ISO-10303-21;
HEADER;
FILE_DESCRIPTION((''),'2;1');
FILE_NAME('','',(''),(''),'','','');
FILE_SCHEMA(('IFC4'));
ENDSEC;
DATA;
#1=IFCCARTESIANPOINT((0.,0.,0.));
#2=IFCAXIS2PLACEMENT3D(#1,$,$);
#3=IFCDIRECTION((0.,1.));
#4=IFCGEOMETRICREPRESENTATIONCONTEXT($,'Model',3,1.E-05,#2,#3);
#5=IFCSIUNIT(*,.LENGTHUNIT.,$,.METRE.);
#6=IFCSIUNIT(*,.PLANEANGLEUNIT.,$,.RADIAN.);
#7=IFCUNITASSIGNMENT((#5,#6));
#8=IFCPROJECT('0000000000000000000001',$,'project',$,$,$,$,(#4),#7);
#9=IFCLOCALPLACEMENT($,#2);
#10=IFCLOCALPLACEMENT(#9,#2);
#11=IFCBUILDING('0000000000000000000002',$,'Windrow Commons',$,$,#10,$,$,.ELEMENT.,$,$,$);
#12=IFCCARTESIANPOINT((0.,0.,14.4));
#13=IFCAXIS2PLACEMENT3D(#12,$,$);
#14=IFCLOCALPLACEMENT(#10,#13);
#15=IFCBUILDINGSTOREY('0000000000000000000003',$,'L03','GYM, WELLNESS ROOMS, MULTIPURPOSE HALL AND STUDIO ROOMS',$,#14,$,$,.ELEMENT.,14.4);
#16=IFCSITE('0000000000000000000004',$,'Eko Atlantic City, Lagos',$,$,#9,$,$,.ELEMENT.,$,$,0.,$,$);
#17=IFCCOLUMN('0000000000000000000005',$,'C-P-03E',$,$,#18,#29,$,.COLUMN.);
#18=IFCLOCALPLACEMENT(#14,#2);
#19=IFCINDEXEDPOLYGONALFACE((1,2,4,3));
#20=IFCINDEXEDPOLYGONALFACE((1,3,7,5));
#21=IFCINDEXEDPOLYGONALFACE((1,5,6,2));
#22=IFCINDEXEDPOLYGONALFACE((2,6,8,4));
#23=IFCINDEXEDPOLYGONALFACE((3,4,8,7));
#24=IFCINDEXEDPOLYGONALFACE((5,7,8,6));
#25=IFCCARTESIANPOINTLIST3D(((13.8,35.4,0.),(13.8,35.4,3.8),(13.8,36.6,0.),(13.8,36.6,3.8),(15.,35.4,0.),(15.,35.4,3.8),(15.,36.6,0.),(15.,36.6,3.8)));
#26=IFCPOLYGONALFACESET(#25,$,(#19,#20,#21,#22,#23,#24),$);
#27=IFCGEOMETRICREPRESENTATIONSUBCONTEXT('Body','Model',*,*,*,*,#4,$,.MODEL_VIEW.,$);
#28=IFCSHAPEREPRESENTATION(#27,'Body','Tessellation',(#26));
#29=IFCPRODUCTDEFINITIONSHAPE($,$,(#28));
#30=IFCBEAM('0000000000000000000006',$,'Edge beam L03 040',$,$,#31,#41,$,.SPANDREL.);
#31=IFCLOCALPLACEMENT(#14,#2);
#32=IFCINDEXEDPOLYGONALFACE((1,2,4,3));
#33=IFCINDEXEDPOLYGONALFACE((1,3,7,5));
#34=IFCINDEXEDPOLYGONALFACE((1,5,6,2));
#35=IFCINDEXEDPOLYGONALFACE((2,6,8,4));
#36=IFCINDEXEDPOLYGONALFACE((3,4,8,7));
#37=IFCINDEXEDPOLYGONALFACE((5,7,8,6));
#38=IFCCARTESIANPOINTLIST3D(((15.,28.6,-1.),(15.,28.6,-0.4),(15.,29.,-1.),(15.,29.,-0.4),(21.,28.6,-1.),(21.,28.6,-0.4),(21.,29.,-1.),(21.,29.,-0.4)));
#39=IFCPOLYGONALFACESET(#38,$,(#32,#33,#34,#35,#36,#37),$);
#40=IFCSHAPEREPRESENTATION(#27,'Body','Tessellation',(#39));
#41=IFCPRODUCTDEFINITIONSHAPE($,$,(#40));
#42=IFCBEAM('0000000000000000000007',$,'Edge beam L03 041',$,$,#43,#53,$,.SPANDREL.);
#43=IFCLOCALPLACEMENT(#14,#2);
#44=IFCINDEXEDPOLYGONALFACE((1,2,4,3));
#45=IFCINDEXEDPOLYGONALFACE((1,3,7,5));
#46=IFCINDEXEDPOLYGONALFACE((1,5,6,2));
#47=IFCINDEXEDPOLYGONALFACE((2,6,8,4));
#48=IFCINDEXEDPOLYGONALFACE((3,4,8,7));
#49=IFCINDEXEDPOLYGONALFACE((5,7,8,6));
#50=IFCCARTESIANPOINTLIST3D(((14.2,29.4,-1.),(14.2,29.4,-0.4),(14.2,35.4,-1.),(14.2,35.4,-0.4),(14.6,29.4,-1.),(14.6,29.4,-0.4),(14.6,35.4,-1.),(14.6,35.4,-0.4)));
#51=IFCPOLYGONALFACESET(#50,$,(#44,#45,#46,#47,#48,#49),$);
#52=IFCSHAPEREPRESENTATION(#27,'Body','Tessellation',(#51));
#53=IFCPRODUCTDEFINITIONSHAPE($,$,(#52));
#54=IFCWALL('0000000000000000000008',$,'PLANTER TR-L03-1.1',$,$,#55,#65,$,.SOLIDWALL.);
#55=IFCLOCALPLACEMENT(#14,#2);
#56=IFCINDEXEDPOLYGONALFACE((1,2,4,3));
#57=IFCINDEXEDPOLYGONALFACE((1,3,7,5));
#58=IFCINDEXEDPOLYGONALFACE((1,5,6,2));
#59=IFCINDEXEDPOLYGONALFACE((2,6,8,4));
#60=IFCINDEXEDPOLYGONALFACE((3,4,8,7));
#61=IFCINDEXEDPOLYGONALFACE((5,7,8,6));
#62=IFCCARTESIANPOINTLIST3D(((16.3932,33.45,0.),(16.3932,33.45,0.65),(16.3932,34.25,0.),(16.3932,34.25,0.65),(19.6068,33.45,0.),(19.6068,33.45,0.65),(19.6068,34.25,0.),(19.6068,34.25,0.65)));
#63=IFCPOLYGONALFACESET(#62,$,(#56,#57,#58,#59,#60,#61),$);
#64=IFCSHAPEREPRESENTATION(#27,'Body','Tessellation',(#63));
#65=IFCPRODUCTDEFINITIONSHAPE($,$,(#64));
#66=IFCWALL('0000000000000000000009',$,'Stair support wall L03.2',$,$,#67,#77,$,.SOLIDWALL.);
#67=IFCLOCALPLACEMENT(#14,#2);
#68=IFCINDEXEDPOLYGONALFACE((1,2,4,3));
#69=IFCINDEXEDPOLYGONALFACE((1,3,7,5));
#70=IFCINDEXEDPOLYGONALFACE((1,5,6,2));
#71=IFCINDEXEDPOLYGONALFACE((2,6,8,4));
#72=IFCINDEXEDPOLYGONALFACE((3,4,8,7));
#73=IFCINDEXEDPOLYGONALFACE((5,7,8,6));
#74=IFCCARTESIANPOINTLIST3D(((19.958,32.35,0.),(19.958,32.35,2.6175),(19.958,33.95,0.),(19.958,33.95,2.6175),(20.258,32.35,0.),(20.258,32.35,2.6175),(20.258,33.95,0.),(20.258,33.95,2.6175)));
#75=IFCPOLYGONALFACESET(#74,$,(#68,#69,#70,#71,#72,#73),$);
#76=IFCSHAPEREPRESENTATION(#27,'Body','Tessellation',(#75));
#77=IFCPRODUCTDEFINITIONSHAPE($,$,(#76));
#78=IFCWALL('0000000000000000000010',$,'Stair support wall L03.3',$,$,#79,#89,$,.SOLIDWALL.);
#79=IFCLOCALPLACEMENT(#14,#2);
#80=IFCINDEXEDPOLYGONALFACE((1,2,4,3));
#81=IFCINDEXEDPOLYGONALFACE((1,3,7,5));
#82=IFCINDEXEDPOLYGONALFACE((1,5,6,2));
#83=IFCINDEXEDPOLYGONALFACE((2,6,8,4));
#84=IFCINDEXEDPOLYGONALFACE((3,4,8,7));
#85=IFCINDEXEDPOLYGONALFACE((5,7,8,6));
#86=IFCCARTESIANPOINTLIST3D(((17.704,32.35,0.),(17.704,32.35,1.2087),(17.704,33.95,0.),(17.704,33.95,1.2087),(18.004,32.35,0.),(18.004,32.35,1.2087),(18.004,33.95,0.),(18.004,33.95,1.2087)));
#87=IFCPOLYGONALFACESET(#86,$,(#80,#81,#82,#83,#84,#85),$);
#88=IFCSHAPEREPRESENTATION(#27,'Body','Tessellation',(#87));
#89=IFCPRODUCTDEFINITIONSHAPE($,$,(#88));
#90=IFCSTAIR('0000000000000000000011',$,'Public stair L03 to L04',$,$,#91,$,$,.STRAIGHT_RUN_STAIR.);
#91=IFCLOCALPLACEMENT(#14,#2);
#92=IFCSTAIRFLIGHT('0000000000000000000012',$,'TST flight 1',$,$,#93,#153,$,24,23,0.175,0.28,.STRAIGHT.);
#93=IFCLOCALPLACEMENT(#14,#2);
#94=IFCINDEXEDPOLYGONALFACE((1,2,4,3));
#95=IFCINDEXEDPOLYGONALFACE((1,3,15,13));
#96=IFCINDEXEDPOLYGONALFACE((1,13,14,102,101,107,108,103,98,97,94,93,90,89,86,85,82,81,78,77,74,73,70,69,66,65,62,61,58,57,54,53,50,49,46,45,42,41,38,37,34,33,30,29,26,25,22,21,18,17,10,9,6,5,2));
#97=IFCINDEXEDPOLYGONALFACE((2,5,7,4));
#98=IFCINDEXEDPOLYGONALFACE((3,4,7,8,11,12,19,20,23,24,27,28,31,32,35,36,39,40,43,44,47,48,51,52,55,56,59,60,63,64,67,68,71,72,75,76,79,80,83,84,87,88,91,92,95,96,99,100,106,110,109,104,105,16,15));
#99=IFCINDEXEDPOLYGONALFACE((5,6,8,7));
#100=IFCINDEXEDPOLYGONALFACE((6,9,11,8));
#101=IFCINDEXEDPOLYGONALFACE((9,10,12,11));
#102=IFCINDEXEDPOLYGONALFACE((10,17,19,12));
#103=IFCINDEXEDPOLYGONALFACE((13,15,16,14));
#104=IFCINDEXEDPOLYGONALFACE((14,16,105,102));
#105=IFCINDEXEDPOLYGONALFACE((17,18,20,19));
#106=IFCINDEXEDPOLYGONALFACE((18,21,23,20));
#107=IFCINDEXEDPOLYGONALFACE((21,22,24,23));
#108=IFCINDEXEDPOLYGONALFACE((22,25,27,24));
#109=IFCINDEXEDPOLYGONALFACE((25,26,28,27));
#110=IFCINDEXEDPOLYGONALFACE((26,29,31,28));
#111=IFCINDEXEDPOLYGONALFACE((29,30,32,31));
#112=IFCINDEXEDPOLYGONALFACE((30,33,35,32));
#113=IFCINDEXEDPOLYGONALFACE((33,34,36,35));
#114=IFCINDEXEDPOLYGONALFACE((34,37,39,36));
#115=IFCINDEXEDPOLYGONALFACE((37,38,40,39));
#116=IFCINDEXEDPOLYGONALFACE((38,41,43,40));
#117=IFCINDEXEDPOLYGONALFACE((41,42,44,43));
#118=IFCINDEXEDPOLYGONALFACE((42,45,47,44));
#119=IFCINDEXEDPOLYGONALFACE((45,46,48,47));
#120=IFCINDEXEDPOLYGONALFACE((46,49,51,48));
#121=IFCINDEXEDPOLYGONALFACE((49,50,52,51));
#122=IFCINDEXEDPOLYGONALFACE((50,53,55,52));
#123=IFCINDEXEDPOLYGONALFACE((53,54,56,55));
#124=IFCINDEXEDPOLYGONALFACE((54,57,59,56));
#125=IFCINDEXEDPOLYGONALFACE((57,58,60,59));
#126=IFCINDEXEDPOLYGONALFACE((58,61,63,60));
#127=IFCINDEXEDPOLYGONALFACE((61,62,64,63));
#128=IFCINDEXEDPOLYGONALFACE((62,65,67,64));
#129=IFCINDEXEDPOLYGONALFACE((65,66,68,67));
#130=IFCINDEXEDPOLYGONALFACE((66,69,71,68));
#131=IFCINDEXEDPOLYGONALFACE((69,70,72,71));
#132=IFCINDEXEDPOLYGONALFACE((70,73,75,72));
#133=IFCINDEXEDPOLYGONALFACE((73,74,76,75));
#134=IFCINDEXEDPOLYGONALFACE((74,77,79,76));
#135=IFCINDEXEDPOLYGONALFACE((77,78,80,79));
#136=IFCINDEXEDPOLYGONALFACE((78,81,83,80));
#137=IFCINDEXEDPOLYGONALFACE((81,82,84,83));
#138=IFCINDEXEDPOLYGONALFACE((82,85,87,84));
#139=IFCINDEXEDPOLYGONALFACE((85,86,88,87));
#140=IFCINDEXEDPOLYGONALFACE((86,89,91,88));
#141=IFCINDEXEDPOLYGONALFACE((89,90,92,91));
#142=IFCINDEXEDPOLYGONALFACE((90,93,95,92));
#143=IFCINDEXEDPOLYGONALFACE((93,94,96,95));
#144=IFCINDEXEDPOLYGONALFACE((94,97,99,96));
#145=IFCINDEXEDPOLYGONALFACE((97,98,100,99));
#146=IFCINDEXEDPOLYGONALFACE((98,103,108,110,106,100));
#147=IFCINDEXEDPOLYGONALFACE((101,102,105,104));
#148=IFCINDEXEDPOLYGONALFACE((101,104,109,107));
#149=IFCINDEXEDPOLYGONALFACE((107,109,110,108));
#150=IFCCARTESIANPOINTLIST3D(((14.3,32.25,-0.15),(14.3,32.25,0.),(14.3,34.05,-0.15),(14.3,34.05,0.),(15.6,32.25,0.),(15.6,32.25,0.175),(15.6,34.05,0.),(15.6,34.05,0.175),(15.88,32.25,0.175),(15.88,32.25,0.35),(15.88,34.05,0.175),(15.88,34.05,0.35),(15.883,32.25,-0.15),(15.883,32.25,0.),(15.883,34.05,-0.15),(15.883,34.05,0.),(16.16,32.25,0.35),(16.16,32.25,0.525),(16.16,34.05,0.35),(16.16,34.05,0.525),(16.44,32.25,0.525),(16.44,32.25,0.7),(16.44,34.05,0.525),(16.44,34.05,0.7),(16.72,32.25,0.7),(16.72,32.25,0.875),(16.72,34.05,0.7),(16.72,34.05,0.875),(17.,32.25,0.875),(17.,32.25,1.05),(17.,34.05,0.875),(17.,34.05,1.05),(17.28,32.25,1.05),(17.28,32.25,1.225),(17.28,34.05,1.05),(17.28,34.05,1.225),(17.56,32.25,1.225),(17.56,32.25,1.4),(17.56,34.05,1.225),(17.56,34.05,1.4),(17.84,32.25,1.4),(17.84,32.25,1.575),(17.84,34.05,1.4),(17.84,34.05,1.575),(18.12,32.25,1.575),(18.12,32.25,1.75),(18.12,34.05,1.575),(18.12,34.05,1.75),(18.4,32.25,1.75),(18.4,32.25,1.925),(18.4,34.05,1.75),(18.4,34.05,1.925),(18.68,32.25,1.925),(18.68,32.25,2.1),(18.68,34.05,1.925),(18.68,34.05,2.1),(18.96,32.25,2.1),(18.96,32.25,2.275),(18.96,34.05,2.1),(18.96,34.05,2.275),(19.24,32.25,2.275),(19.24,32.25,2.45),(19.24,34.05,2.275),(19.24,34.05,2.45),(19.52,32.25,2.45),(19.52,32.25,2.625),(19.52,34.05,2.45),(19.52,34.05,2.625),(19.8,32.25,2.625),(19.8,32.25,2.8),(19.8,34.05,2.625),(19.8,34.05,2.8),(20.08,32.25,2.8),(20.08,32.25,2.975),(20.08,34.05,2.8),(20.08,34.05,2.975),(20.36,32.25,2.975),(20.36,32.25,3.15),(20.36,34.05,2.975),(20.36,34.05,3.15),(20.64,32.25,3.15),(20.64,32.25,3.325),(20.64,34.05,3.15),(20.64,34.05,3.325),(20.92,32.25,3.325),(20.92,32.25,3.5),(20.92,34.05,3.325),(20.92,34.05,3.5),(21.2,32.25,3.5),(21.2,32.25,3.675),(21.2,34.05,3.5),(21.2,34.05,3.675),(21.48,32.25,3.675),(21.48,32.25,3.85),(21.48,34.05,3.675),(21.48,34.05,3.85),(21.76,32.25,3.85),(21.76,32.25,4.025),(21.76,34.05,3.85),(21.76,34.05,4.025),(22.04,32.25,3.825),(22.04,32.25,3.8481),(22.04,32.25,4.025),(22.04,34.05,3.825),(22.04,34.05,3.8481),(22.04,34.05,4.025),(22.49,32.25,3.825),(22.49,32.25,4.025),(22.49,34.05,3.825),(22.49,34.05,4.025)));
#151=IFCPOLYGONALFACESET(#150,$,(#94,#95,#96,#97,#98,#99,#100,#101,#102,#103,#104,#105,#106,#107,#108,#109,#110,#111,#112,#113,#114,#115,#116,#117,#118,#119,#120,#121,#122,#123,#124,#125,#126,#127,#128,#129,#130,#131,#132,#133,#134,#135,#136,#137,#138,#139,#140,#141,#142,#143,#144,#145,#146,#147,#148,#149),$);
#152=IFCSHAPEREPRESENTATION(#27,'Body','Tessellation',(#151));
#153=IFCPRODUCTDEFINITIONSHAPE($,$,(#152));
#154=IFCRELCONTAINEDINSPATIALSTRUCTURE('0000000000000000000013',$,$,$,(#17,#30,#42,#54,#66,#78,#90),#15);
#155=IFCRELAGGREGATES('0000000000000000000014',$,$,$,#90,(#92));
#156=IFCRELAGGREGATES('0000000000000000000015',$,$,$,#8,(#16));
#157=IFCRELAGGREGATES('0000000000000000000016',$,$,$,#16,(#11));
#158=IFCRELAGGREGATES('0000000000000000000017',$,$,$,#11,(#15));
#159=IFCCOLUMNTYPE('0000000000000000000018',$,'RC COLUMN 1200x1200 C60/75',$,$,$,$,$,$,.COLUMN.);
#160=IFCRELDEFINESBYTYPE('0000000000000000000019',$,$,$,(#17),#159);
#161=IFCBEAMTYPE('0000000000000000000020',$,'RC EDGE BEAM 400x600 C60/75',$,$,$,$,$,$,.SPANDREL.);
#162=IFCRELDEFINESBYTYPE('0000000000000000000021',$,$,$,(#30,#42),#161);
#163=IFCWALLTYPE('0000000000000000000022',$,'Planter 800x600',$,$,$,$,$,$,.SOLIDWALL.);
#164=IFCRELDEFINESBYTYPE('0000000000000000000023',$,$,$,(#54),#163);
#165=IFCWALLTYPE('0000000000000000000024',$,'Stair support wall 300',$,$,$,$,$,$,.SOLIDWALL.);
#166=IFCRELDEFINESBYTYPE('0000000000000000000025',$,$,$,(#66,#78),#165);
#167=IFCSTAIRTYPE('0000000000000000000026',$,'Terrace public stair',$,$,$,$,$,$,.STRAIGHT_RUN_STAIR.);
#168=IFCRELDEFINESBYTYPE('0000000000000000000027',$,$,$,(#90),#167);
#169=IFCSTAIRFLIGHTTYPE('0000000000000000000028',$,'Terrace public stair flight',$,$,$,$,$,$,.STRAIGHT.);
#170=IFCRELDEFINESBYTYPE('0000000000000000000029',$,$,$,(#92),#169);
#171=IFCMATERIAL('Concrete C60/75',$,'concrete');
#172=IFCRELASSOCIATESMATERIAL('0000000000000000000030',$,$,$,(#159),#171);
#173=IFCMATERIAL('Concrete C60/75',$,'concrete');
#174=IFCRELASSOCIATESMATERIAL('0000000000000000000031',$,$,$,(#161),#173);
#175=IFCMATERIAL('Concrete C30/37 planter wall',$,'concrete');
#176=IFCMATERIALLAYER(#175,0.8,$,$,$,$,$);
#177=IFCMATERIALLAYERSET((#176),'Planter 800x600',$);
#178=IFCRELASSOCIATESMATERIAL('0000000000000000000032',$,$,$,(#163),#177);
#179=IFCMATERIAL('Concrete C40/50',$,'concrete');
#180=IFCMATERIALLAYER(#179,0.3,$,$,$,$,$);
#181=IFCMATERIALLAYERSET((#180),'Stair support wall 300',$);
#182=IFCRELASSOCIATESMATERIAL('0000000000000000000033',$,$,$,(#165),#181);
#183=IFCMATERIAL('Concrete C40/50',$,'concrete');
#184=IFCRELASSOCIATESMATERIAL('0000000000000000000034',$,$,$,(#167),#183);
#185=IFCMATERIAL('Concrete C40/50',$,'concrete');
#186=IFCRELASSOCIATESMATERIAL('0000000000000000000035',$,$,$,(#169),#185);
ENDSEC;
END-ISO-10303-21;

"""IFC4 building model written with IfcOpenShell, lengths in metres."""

from ifc_helpers import new_model, si_unit, direction, frame, frame_2d, origin, origin_2d, place, context, subcontext, project, spatial, polyline, rectangle, outline, extrude, material, layer, layer_set, material_profile, profile_set, type_object, element, aggregate, save


model = new_model("IFC4")

# Units and contexts
model_context = context("Model", 3, precision=1e-05, world=origin(), true_north=direction((0.0, 1.0)))
body_context = subcontext(model_context, "Body", "Model", "MODEL_VIEW")
ifc_project = project(units=[si_unit("LENGTHUNIT", "METRE"), si_unit("PLANEANGLEUNIT", "RADIAN")], contexts=[model_context])

# Site, building, storey
site_placement = place(None, origin())
site = spatial("IfcSite", under=ifc_project, at=site_placement, Name="Eko Atlantic City, Lagos", CompositionType="ELEMENT", RefElevation=0.0)
building_placement = place(site_placement, origin())
building = spatial("IfcBuilding", under=site, at=building_placement, Name="Windrow Commons", CompositionType="ELEMENT")
storey_placement = place(building_placement, frame((0.0, 0.0, 14.4)))
storey = spatial("IfcBuildingStorey", under=building, at=storey_placement, Name="L03", Description="GYM, WELLNESS ROOMS, MULTIPURPOSE HALL AND STUDIO ROOMS", CompositionType="ELEMENT", Elevation=14.4)

# Column
ifc_material_1 = material(Name="Concrete C60/75", Category="concrete")
ifc_material_profile_1 = material_profile(ifc_material_1, rectangle(XDim=1.2, YDim=1.2, at=origin_2d()))
ifc_profile_set_1 = profile_set([ifc_material_profile_1], Name="Concrete C60/75")
column_type = type_object("IfcColumnType", Name="RC COLUMN 1200x1200 C60/75", PredefinedType="COLUMN", material=ifc_profile_set_1)
column_placement = place(storey_placement, frame((14.4, 36.0, 0.0), z_axis=(0.0, 0.0, 1.0), x_axis=(1.0, 0.0, 0.0)))
element("IfcColumn", 1, at=column_placement, inside=storey, type_object=column_type, Name="C-P-03E", PredefinedType="COLUMN", context=body_context, shape_type="SweptSolid", body=[
    extrude(rectangle(XDim=1.2, YDim=1.2, at=origin_2d()), origin(), (0.0, 0.0, 1.0), 3.8),
])

# Beams
ifc_material_2 = material(Name="Concrete C60/75", Category="concrete")
ifc_material_profile_2 = material_profile(ifc_material_2, rectangle(XDim=0.4, YDim=0.6, at=origin_2d()))
ifc_profile_set_2 = profile_set([ifc_material_profile_2], Name="Concrete C60/75")
beam_type = type_object("IfcBeamType", Name="RC EDGE BEAM 400x600 C60/75", PredefinedType="SPANDREL", material=ifc_profile_set_2)
for number, where, z_axis, x_axis, name in (
    (2, (21.0, 28.8, -0.7), (-1.0, 0.0, 0.0), (0.0, -1.0, 0.0), "Edge beam L03 040"),
    (3, (14.4, 29.4, -0.7), (0.0, 1.0, 0.0), (-1.0, 0.0, 0.0), "Edge beam L03 041"),
):
    element("IfcBeam", number, at=place(storey_placement, frame(where, z_axis=z_axis, x_axis=x_axis)), inside=storey, type_object=beam_type, Name=name, PredefinedType="SPANDREL", context=body_context, shape_type="SweptSolid", body=[
        extrude(rectangle(XDim=0.4, YDim=0.6, at=origin_2d()), origin(), (0.0, 0.0, 1.0), 6.0),
    ])

# Walls
ifc_material_3 = material(Name="Concrete C30/37 planter wall", Category="concrete")
ifc_layer_1 = layer(ifc_material_3, 0.8)
ifc_layer_set_1 = layer_set([ifc_layer_1], Name="Planter 800x600")
wall_type_1 = type_object("IfcWallType", Name="Planter 800x600", PredefinedType="SOLIDWALL", material=ifc_layer_set_1)
wall_1_placement = place(storey_placement, frame((19.6068, 33.85, 0.0), z_axis=(0.0, 0.0, 1.0), x_axis=(-1.0, 0.0, 0.0)))
element("IfcWall", 4, at=wall_1_placement, inside=storey, type_object=wall_type_1, Name="PLANTER TR-L03-1.1", PredefinedType="SOLIDWALL", context=body_context, shape_type="SweptSolid", body=[
    extrude(outline(polyline([(0.0, -0.4), (3.2136, -0.4), (3.2136, 0.4), (0.0, 0.4), (0.0, -0.4)])), origin(), (0.0, 0.0, 1.0), 0.65),
])
ifc_material_4 = material(Name="Concrete C40/50", Category="concrete")
ifc_layer_2 = layer(ifc_material_4, 0.3)
ifc_layer_set_2 = layer_set([ifc_layer_2], Name="Stair support wall 300")
wall_type_2 = type_object("IfcWallType", Name="Stair support wall 300", PredefinedType="SOLIDWALL", material=ifc_layer_set_2)
wall_2_placement = place(storey_placement, frame((20.108, 33.95, 0.0), z_axis=(0.0, 0.0, 1.0), x_axis=(0.0, -1.0, 0.0)))
element("IfcWall", 5, at=wall_2_placement, inside=storey, type_object=wall_type_2, Name="Stair support wall L03.2", PredefinedType="SOLIDWALL", context=body_context, shape_type="SweptSolid", body=[
    extrude(rectangle(XDim=1.6, YDim=0.3, at=frame_2d((0.8, 0.0))), origin(), (0.0, 0.0, 1.0), 2.6175),
])
wall_3_placement = place(storey_placement, frame((17.854, 33.95, 0.0), z_axis=(0.0, 0.0, 1.0), x_axis=(0.0, -1.0, 0.0)))
element("IfcWall", 6, at=wall_3_placement, inside=storey, type_object=wall_type_2, Name="Stair support wall L03.3", PredefinedType="SOLIDWALL", context=body_context, shape_type="SweptSolid", body=[
    extrude(rectangle(XDim=1.6, YDim=0.3, at=frame_2d((0.8, 0.0))), origin(), (0.0, 0.0, 1.0), 1.2087),
])

# Stair, stair flight
ifc_material_5 = material(Name="Concrete C40/50", Category="concrete")
stair_type = type_object("IfcStairType", Name="Terrace public stair", PredefinedType="STRAIGHT_RUN_STAIR", material=ifc_material_5)
stair_placement = place(storey_placement, origin())
stair = element("IfcStair", 7, at=stair_placement, inside=storey, type_object=stair_type, Name="Public stair L03 to L04", PredefinedType="STRAIGHT_RUN_STAIR")
ifc_material_6 = material(Name="Concrete C40/50", Category="concrete")
stair_flight_type = type_object("IfcStairFlightType", Name="Terrace public stair flight", PredefinedType="STRAIGHT", material=ifc_material_6)
stair_flight_placement = place(storey_placement, frame((15.6, 33.15, 0.0), z_axis=(0.0, 0.0, 1.0), x_axis=(1.0, 0.0, 0.0)))
stair_flight = element("IfcStairFlight", 8, at=stair_flight_placement, type_object=stair_flight_type, Name="TST flight 1", NumberOfRisers=24, NumberOfTreads=23, PredefinedType="STRAIGHT", RiserHeight=0.175, TreadLength=0.28, context=body_context, shape_type="SweptSolid", body=[
    extrude(outline(polyline([(-1.3, -0.15), (-1.3, 0.0), (0.0, 0.0), (0.0, 0.175), (0.28, 0.175), (0.28, 0.35), (0.56, 0.35), (0.56, 0.525), (0.84, 0.525), (0.84, 0.7), (1.12, 0.7), (1.12, 0.875), (1.4, 0.875), (1.4, 1.05), (1.68, 1.05), (1.68, 1.225), (1.96, 1.225), (1.96, 1.4), (2.24, 1.4), (2.24, 1.575), (2.52, 1.575), (2.52, 1.75), (2.8, 1.75), (2.8, 1.925), (3.08, 1.925), (3.08, 2.1), (3.36, 2.1), (3.36, 2.275), (3.64, 2.275), (3.64, 2.45), (3.92, 2.45), (3.92, 2.625), (4.2, 2.625), (4.2, 2.8), (4.48, 2.8), (4.48, 2.975), (4.76, 2.975), (4.76, 3.15), (5.04, 3.15), (5.04, 3.325), (5.32, 3.325), (5.32, 3.5), (5.6, 3.5), (5.6, 3.675), (5.88, 3.675), (5.88, 3.85), (6.16, 3.85), (6.16, 4.025), (6.44, 4.025), (6.89, 4.025), (6.89, 3.825), (6.44, 3.825), (6.44, 3.8481), (0.283, 0.0), (0.283, -0.15), (-1.3, -0.15)])), frame((0.0, 0.9, 0.0), z_axis=(0.0, -1.0, 0.0), x_axis=(1.0, 0.0, 0.0)), (0.0, 0.0, 1.0), 1.8),
])
aggregate(stair, [stair_flight])

save(model, "model.ifc")
